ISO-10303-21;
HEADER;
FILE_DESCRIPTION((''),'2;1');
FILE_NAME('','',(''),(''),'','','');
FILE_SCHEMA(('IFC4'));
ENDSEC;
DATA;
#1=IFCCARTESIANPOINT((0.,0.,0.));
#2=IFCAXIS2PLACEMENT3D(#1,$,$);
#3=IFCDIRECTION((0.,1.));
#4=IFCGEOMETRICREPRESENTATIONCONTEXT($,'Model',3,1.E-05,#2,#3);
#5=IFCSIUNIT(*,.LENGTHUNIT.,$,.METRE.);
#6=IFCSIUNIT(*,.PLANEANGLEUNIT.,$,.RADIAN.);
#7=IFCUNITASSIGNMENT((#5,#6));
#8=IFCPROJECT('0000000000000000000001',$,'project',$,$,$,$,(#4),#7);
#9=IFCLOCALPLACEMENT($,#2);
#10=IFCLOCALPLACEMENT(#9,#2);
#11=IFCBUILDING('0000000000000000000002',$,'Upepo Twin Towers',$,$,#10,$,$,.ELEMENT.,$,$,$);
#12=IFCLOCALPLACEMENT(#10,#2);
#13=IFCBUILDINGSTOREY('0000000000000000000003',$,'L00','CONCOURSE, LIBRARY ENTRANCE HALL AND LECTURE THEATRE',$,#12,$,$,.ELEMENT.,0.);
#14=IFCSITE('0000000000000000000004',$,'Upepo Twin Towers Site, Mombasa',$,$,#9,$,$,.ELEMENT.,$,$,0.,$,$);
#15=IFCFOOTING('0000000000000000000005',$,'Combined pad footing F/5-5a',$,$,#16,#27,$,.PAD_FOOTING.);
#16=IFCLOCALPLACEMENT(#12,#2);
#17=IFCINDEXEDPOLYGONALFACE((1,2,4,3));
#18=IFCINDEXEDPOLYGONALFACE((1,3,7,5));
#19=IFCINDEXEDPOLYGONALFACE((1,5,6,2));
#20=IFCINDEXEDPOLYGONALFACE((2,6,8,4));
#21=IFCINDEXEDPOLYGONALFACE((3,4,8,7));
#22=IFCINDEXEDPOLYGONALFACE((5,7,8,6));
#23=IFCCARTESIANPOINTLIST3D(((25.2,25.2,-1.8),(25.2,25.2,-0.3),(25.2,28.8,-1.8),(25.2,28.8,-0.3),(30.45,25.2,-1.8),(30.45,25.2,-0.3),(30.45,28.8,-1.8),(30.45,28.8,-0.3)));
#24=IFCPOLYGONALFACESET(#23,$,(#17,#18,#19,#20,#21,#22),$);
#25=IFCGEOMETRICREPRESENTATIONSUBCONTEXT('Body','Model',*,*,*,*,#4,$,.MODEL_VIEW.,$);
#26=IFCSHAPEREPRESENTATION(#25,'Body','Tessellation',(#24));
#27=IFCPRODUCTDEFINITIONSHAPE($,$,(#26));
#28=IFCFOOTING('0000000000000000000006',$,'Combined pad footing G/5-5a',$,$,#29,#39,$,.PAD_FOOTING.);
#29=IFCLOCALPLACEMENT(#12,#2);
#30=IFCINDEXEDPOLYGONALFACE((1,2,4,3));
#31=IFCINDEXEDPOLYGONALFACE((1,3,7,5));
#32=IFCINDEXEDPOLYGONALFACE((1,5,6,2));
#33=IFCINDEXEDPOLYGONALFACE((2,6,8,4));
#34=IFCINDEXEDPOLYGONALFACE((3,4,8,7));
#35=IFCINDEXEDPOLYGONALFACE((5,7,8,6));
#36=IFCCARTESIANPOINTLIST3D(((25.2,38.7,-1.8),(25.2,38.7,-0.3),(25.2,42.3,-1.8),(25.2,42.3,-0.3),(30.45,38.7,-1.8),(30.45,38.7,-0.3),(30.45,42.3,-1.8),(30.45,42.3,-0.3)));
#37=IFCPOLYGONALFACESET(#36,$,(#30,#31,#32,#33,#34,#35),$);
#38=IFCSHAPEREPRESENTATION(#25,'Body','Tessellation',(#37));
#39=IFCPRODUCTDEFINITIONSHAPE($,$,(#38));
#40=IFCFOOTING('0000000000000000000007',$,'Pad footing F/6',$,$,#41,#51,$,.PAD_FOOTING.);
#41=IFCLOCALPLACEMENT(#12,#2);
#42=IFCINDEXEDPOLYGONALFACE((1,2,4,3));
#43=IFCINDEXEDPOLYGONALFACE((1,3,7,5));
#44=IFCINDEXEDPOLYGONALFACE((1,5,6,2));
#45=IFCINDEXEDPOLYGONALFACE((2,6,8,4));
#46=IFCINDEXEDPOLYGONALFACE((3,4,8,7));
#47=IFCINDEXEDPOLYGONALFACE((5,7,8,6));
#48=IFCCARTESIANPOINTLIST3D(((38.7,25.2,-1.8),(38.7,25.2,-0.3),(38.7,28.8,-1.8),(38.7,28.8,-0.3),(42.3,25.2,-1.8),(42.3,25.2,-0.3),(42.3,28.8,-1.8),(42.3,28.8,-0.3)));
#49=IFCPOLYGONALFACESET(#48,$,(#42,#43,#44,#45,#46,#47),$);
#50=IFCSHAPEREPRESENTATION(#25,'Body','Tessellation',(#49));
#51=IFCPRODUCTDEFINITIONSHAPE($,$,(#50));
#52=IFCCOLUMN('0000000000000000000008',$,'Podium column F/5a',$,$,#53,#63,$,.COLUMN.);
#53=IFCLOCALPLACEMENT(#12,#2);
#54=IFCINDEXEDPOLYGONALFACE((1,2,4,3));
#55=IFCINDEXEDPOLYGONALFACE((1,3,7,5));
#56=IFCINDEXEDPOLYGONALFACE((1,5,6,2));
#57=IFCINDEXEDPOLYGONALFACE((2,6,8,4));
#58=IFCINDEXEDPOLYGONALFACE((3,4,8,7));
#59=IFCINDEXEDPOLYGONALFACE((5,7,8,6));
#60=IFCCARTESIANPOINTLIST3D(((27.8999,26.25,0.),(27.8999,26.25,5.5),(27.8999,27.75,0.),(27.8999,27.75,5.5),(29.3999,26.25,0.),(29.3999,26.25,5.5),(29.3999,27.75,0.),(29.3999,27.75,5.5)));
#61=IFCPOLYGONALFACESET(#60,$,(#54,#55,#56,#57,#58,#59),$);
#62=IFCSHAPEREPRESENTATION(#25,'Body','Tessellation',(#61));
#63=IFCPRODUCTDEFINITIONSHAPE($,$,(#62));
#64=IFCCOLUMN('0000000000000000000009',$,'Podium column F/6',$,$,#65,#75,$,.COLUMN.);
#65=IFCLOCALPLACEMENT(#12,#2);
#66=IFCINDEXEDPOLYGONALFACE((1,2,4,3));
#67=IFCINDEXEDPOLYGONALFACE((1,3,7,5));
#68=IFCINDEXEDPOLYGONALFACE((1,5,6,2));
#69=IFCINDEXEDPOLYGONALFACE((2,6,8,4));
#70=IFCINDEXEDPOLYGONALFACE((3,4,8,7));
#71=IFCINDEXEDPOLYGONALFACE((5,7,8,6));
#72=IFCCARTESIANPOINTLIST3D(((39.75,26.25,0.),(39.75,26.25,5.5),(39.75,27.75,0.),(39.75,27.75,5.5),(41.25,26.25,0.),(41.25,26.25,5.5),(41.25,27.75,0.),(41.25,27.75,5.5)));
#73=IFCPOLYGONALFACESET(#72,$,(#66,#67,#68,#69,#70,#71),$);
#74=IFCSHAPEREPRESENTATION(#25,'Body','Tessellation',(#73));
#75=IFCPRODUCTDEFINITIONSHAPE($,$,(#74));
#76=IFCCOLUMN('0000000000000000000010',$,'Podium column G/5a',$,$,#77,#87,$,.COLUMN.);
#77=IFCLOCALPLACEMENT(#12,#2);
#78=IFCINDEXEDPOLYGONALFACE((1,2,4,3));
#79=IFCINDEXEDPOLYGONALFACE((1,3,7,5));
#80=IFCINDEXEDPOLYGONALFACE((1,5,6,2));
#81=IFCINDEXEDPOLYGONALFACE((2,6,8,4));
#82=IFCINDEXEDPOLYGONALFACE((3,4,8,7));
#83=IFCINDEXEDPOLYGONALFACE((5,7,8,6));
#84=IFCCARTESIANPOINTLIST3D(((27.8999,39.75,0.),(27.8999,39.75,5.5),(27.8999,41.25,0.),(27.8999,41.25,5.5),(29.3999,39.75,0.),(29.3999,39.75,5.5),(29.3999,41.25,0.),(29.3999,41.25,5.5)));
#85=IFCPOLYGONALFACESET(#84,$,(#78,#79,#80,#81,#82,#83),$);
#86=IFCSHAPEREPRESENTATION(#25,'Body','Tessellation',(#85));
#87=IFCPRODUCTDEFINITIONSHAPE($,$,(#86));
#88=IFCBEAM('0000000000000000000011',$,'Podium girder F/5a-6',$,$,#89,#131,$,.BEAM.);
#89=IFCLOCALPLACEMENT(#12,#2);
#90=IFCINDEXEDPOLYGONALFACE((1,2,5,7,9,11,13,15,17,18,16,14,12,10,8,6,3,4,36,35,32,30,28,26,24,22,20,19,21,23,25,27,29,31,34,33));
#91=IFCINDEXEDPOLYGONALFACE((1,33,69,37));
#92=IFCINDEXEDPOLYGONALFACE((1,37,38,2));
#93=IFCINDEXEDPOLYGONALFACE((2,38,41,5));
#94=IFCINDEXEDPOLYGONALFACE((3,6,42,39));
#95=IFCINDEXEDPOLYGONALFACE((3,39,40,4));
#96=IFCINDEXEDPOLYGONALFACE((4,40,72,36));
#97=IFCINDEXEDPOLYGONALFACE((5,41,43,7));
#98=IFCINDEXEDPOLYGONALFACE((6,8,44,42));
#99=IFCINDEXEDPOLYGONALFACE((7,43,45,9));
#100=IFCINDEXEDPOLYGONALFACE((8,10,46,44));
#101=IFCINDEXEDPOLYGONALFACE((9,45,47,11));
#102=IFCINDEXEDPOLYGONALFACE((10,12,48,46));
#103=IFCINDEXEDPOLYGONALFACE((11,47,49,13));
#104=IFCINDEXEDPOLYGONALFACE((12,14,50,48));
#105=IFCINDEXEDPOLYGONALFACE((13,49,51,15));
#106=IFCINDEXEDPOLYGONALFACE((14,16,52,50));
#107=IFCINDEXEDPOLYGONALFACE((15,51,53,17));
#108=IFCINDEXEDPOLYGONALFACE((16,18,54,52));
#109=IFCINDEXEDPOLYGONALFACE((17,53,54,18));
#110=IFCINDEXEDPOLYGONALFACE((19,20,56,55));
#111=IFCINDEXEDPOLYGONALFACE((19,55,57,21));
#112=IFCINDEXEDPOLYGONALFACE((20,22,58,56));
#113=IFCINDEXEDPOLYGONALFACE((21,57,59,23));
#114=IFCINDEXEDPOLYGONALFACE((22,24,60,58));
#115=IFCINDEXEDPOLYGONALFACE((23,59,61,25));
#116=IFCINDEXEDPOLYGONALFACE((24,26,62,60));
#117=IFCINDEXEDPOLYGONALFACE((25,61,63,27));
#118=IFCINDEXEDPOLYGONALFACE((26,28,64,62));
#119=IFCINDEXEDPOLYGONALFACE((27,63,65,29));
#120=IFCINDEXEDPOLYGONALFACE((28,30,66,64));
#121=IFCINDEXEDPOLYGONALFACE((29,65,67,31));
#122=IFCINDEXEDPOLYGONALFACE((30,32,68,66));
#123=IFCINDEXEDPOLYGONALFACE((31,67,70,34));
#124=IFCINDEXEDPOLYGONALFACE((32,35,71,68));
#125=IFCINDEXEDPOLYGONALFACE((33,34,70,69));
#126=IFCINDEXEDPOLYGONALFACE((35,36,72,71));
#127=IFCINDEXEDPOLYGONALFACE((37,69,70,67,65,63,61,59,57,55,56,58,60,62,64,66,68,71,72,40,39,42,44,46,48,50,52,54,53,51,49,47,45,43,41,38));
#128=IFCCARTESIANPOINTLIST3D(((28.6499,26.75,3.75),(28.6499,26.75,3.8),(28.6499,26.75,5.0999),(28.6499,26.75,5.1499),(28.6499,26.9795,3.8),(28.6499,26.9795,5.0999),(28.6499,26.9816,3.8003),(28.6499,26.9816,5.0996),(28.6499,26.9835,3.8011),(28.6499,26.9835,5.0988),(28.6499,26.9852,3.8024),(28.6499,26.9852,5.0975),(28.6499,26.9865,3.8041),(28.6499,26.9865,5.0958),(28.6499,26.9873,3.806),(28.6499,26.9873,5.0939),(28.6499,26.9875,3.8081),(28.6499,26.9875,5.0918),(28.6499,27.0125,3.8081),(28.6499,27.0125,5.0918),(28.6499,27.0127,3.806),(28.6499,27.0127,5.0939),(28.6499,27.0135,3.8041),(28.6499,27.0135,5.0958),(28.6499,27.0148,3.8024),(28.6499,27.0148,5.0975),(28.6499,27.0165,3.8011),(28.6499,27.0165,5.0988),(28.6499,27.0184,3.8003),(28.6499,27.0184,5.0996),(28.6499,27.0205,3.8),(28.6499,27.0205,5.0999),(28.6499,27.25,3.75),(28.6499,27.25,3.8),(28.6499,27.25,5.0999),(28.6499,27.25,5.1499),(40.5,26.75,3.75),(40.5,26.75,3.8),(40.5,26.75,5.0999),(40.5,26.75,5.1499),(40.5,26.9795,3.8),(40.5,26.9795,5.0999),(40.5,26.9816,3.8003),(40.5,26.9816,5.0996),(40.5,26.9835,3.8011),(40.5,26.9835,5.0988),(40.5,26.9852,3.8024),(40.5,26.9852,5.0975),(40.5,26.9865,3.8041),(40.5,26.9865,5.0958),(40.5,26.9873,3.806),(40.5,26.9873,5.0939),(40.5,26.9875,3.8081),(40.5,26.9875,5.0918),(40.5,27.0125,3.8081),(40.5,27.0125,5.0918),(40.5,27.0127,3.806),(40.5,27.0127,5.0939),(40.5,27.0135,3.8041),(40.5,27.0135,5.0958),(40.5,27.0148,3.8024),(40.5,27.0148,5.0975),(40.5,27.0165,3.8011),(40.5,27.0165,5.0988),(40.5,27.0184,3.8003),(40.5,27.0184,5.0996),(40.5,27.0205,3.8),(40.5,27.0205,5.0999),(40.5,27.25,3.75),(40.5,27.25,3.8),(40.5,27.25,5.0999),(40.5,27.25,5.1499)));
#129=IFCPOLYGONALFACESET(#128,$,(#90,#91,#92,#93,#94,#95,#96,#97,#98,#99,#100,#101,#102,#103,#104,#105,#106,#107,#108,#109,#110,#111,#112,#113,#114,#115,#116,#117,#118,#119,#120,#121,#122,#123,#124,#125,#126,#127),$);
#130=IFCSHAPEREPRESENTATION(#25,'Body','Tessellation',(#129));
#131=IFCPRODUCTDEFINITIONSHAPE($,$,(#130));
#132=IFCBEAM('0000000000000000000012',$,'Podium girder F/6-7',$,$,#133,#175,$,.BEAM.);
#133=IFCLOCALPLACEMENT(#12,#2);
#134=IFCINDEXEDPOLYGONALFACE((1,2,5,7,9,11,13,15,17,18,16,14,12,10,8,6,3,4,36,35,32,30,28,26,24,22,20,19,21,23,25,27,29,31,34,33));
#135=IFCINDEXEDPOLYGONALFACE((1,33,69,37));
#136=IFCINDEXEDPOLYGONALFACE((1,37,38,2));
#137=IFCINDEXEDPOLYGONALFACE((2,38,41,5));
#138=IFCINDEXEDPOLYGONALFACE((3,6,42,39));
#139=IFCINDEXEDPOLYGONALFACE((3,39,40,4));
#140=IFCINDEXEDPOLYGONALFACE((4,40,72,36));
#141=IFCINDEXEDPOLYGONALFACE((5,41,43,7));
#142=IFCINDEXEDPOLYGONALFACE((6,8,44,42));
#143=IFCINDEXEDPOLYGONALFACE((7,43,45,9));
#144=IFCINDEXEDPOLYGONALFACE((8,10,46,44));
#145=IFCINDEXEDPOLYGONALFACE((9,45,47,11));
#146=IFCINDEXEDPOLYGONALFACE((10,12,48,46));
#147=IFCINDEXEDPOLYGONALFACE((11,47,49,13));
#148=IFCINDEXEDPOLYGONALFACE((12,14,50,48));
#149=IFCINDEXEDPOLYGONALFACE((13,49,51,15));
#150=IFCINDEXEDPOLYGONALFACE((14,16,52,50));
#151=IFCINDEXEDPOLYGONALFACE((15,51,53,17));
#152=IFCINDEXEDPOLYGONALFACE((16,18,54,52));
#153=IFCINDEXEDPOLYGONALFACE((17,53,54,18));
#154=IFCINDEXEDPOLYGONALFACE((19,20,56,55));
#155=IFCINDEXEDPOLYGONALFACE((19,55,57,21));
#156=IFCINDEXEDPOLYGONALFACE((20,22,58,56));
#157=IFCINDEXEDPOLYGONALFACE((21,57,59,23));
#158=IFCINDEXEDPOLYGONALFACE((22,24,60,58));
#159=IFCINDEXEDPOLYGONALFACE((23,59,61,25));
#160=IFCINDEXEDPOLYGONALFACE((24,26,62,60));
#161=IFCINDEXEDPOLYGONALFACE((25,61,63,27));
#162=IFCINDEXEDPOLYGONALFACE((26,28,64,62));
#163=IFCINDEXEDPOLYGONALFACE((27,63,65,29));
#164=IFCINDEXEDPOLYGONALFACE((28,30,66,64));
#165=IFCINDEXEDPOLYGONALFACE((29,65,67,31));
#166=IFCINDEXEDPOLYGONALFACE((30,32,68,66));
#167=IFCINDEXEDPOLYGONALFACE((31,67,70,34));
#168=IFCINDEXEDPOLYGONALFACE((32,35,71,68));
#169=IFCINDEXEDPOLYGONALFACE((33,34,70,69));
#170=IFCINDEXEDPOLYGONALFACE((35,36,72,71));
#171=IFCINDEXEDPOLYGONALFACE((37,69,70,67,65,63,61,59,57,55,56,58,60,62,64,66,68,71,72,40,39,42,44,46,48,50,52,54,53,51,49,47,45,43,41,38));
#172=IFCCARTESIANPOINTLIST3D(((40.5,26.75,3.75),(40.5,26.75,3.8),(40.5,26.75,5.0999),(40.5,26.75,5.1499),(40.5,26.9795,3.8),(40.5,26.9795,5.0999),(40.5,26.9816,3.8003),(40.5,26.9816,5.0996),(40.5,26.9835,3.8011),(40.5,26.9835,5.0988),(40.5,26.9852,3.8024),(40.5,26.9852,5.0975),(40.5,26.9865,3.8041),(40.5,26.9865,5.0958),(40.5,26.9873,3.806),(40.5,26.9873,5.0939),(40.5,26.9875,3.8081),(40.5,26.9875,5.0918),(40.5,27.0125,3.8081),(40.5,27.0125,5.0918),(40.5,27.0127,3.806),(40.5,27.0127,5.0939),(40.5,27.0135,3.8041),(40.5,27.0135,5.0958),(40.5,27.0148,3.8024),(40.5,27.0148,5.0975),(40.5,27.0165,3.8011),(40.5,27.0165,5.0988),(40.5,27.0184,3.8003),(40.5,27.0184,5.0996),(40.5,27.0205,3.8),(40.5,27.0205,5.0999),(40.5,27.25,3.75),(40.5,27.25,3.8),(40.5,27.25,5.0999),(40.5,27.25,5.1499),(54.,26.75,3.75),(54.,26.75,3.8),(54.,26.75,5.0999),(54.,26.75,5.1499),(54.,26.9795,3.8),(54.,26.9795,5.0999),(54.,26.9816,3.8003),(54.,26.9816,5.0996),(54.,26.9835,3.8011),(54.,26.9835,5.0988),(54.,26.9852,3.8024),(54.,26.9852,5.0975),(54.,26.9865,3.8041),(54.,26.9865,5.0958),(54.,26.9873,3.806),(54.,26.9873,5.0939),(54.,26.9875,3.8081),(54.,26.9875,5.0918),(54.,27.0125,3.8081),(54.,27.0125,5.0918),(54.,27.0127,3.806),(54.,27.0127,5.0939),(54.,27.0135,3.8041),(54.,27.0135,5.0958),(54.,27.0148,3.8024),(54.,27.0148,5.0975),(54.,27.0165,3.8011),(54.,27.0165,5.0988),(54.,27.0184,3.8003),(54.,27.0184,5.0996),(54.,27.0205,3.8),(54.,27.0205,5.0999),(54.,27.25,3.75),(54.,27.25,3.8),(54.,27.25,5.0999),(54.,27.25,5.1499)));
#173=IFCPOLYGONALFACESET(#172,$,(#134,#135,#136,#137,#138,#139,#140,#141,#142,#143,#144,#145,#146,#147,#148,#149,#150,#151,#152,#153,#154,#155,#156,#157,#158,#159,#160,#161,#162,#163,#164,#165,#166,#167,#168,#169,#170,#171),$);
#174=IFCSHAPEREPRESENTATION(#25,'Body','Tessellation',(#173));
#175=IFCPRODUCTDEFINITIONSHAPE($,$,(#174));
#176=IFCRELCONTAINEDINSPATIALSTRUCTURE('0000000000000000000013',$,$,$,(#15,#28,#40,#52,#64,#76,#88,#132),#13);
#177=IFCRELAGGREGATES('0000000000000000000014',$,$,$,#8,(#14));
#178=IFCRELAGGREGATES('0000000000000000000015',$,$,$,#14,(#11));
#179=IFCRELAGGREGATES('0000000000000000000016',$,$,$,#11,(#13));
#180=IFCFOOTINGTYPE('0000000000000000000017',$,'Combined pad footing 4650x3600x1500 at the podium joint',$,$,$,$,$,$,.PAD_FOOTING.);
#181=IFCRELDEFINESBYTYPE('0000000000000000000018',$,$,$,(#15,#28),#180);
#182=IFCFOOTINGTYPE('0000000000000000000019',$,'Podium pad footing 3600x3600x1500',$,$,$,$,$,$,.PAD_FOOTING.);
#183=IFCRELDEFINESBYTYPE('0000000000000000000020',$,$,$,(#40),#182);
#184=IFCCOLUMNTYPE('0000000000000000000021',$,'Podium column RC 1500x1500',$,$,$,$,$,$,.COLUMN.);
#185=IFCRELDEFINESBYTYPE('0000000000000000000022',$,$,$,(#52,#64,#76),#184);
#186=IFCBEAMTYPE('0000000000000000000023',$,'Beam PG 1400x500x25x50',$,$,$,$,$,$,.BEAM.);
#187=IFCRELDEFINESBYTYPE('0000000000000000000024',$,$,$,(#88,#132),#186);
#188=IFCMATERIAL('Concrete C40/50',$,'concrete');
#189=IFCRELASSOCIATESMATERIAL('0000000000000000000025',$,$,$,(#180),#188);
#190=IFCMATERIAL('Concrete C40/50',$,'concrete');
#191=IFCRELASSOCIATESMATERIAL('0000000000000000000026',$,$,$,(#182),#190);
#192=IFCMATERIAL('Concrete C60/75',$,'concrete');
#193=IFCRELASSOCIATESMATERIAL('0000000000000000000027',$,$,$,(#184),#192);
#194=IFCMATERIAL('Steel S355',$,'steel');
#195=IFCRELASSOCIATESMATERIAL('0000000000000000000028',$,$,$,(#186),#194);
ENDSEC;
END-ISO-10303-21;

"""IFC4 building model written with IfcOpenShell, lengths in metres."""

from ifc_helpers import new_model, si_unit, direction, frame, origin, origin_2d, place, context, subcontext, project, spatial, rectangle, i_section, extrude, material, material_profile, profile_set, type_object, element, save


model = new_model("IFC4")

# Units and contexts
model_context = context("Model", 3, precision=1e-05, world=origin(), true_north=direction((0.0, 1.0)))
body_context = subcontext(model_context, "Body", "Model", "MODEL_VIEW")
ifc_project = project(units=[si_unit("LENGTHUNIT", "METRE"), si_unit("PLANEANGLEUNIT", "RADIAN")], contexts=[model_context])

# Site, building, storey
site_placement = place(None, origin())
site = spatial("IfcSite", under=ifc_project, at=site_placement, Name="Upepo Twin Towers Site, Mombasa", CompositionType="ELEMENT", RefElevation=0.0)
building_placement = place(site_placement, origin())
building = spatial("IfcBuilding", under=site, at=building_placement, Name="Upepo Twin Towers", CompositionType="ELEMENT")
storey_placement = place(building_placement, origin())
storey = spatial("IfcBuildingStorey", under=building, at=storey_placement, Name="L00", Description="CONCOURSE, LIBRARY ENTRANCE HALL AND LECTURE THEATRE", CompositionType="ELEMENT", Elevation=0.0)

# Footings
ifc_material_1 = material(Name="Concrete C40/50", Category="concrete")
footing_type_1 = type_object("IfcFootingType", Name="Combined pad footing 4650x3600x1500 at the podium joint", PredefinedType="PAD_FOOTING", material=ifc_material_1)
for number, where, z_axis, x_axis, name in (
    (1, (27.825, 27.0, -1.8), (0.0, 0.0, 1.0), (1.0, 0.0, 0.0), "Combined pad footing F/5-5a"),
    (2, (27.825, 40.5, -1.8), (0.0, 0.0, 1.0), (1.0, 0.0, 0.0), "Combined pad footing G/5-5a"),
):
    element("IfcFooting", number, at=place(storey_placement, frame(where, z_axis=z_axis, x_axis=x_axis)), inside=storey, type_object=footing_type_1, Name=name, PredefinedType="PAD_FOOTING", context=body_context, shape_type="SweptSolid", body=[
        extrude(rectangle(XDim=5.25, YDim=3.6001, at=origin_2d()), origin(), (0.0, 0.0, 1.0), 1.5),
    ])
ifc_material_2 = material(Name="Concrete C40/50", Category="concrete")
footing_type_2 = type_object("IfcFootingType", Name="Podium pad footing 3600x3600x1500", PredefinedType="PAD_FOOTING", material=ifc_material_2)
footing_placement = place(storey_placement, frame((40.5, 27.0, -1.8), z_axis=(0.0, 0.0, 1.0), x_axis=(1.0, 0.0, 0.0)))
element("IfcFooting", 3, at=footing_placement, inside=storey, type_object=footing_type_2, Name="Pad footing F/6", PredefinedType="PAD_FOOTING", context=body_context, shape_type="SweptSolid", body=[
    extrude(rectangle(XDim=3.6001, YDim=3.6001, at=origin_2d()), origin(), (0.0, 0.0, 1.0), 1.5),
])

# Columns
ifc_material_3 = material(Name="Concrete C60/75", Category="concrete")
ifc_material_profile_1 = material_profile(ifc_material_3, rectangle(XDim=1.5, YDim=1.5, at=origin_2d()), Name="RC 1500x1500")
ifc_profile_set_1 = profile_set([ifc_material_profile_1], Name="Concrete C60/75")
column_type = type_object("IfcColumnType", Name="Podium column RC 1500x1500", PredefinedType="COLUMN", material=ifc_profile_set_1)
for number, where, z_axis, x_axis, name in (
    (4, (28.6499, 27.0, 0.0), (0.0, 0.0, 1.0), (1.0, 0.0, 0.0), "Podium column F/5a"),
    (5, (40.5, 27.0, 0.0), (0.0, 0.0, 1.0), (1.0, 0.0, 0.0), "Podium column F/6"),
    (6, (28.6499, 40.5, 0.0), (0.0, 0.0, 1.0), (1.0, 0.0, 0.0), "Podium column G/5a"),
):
    element("IfcColumn", number, at=place(storey_placement, frame(where, z_axis=z_axis, x_axis=x_axis)), inside=storey, type_object=column_type, Name=name, PredefinedType="COLUMN", context=body_context, shape_type="SweptSolid", body=[
        extrude(rectangle(XDim=1.5, YDim=1.5, at=origin_2d()), origin(), (0.0, 0.0, 1.0), 5.5),
    ])

# Beams
ifc_material_4 = material(Name="Steel S355", Category="steel")
ifc_material_profile_2 = material_profile(ifc_material_4, i_section(OverallWidth=0.5, OverallDepth=1.3999, WebThickness=0.0249, FlangeThickness=0.05, FilletRadius=0.0081, at=origin_2d()), Name="PG 1400x500x25x50")
ifc_profile_set_2 = profile_set([ifc_material_profile_2], Name="Steel S355")
beam_type_1 = type_object("IfcBeamType", Name="Beam PG 1400x500x25x50", PredefinedType="BEAM", material=ifc_profile_set_2)
beam_1_placement = place(storey_placement, frame((28.6499, 27.0, 4.45), z_axis=(1.0, 0.0, 0.0), x_axis=(0.0, 1.0, 0.0)))
element("IfcBeam", 7, at=beam_1_placement, inside=storey, type_object=beam_type_1, Name="Podium girder F/5a-6", PredefinedType="BEAM", context=body_context, shape_type="SweptSolid", body=[
    extrude(i_section(OverallWidth=0.5, OverallDepth=1.3999, WebThickness=0.0249, FlangeThickness=0.05, FilletRadius=0.0081, at=origin_2d()), origin(), (0.0, 0.0, 1.0), 11.8501),
])
beam_2_placement = place(storey_placement, frame((40.5, 27.0, 4.45), z_axis=(1.0, 0.0, 0.0), x_axis=(0.0, 1.0, 0.0)))
element("IfcBeam", 8, at=beam_2_placement, inside=storey, type_object=beam_type_1, Name="Podium girder F/6-7", PredefinedType="BEAM", context=body_context, shape_type="SweptSolid", body=[
    extrude(i_section(OverallWidth=0.5, OverallDepth=1.3999, WebThickness=0.0249, FlangeThickness=0.05, FilletRadius=0.0081, at=origin_2d()), origin(), (0.0, 0.0, 1.0), 13.5),
])

save(model, "model.ifc")
